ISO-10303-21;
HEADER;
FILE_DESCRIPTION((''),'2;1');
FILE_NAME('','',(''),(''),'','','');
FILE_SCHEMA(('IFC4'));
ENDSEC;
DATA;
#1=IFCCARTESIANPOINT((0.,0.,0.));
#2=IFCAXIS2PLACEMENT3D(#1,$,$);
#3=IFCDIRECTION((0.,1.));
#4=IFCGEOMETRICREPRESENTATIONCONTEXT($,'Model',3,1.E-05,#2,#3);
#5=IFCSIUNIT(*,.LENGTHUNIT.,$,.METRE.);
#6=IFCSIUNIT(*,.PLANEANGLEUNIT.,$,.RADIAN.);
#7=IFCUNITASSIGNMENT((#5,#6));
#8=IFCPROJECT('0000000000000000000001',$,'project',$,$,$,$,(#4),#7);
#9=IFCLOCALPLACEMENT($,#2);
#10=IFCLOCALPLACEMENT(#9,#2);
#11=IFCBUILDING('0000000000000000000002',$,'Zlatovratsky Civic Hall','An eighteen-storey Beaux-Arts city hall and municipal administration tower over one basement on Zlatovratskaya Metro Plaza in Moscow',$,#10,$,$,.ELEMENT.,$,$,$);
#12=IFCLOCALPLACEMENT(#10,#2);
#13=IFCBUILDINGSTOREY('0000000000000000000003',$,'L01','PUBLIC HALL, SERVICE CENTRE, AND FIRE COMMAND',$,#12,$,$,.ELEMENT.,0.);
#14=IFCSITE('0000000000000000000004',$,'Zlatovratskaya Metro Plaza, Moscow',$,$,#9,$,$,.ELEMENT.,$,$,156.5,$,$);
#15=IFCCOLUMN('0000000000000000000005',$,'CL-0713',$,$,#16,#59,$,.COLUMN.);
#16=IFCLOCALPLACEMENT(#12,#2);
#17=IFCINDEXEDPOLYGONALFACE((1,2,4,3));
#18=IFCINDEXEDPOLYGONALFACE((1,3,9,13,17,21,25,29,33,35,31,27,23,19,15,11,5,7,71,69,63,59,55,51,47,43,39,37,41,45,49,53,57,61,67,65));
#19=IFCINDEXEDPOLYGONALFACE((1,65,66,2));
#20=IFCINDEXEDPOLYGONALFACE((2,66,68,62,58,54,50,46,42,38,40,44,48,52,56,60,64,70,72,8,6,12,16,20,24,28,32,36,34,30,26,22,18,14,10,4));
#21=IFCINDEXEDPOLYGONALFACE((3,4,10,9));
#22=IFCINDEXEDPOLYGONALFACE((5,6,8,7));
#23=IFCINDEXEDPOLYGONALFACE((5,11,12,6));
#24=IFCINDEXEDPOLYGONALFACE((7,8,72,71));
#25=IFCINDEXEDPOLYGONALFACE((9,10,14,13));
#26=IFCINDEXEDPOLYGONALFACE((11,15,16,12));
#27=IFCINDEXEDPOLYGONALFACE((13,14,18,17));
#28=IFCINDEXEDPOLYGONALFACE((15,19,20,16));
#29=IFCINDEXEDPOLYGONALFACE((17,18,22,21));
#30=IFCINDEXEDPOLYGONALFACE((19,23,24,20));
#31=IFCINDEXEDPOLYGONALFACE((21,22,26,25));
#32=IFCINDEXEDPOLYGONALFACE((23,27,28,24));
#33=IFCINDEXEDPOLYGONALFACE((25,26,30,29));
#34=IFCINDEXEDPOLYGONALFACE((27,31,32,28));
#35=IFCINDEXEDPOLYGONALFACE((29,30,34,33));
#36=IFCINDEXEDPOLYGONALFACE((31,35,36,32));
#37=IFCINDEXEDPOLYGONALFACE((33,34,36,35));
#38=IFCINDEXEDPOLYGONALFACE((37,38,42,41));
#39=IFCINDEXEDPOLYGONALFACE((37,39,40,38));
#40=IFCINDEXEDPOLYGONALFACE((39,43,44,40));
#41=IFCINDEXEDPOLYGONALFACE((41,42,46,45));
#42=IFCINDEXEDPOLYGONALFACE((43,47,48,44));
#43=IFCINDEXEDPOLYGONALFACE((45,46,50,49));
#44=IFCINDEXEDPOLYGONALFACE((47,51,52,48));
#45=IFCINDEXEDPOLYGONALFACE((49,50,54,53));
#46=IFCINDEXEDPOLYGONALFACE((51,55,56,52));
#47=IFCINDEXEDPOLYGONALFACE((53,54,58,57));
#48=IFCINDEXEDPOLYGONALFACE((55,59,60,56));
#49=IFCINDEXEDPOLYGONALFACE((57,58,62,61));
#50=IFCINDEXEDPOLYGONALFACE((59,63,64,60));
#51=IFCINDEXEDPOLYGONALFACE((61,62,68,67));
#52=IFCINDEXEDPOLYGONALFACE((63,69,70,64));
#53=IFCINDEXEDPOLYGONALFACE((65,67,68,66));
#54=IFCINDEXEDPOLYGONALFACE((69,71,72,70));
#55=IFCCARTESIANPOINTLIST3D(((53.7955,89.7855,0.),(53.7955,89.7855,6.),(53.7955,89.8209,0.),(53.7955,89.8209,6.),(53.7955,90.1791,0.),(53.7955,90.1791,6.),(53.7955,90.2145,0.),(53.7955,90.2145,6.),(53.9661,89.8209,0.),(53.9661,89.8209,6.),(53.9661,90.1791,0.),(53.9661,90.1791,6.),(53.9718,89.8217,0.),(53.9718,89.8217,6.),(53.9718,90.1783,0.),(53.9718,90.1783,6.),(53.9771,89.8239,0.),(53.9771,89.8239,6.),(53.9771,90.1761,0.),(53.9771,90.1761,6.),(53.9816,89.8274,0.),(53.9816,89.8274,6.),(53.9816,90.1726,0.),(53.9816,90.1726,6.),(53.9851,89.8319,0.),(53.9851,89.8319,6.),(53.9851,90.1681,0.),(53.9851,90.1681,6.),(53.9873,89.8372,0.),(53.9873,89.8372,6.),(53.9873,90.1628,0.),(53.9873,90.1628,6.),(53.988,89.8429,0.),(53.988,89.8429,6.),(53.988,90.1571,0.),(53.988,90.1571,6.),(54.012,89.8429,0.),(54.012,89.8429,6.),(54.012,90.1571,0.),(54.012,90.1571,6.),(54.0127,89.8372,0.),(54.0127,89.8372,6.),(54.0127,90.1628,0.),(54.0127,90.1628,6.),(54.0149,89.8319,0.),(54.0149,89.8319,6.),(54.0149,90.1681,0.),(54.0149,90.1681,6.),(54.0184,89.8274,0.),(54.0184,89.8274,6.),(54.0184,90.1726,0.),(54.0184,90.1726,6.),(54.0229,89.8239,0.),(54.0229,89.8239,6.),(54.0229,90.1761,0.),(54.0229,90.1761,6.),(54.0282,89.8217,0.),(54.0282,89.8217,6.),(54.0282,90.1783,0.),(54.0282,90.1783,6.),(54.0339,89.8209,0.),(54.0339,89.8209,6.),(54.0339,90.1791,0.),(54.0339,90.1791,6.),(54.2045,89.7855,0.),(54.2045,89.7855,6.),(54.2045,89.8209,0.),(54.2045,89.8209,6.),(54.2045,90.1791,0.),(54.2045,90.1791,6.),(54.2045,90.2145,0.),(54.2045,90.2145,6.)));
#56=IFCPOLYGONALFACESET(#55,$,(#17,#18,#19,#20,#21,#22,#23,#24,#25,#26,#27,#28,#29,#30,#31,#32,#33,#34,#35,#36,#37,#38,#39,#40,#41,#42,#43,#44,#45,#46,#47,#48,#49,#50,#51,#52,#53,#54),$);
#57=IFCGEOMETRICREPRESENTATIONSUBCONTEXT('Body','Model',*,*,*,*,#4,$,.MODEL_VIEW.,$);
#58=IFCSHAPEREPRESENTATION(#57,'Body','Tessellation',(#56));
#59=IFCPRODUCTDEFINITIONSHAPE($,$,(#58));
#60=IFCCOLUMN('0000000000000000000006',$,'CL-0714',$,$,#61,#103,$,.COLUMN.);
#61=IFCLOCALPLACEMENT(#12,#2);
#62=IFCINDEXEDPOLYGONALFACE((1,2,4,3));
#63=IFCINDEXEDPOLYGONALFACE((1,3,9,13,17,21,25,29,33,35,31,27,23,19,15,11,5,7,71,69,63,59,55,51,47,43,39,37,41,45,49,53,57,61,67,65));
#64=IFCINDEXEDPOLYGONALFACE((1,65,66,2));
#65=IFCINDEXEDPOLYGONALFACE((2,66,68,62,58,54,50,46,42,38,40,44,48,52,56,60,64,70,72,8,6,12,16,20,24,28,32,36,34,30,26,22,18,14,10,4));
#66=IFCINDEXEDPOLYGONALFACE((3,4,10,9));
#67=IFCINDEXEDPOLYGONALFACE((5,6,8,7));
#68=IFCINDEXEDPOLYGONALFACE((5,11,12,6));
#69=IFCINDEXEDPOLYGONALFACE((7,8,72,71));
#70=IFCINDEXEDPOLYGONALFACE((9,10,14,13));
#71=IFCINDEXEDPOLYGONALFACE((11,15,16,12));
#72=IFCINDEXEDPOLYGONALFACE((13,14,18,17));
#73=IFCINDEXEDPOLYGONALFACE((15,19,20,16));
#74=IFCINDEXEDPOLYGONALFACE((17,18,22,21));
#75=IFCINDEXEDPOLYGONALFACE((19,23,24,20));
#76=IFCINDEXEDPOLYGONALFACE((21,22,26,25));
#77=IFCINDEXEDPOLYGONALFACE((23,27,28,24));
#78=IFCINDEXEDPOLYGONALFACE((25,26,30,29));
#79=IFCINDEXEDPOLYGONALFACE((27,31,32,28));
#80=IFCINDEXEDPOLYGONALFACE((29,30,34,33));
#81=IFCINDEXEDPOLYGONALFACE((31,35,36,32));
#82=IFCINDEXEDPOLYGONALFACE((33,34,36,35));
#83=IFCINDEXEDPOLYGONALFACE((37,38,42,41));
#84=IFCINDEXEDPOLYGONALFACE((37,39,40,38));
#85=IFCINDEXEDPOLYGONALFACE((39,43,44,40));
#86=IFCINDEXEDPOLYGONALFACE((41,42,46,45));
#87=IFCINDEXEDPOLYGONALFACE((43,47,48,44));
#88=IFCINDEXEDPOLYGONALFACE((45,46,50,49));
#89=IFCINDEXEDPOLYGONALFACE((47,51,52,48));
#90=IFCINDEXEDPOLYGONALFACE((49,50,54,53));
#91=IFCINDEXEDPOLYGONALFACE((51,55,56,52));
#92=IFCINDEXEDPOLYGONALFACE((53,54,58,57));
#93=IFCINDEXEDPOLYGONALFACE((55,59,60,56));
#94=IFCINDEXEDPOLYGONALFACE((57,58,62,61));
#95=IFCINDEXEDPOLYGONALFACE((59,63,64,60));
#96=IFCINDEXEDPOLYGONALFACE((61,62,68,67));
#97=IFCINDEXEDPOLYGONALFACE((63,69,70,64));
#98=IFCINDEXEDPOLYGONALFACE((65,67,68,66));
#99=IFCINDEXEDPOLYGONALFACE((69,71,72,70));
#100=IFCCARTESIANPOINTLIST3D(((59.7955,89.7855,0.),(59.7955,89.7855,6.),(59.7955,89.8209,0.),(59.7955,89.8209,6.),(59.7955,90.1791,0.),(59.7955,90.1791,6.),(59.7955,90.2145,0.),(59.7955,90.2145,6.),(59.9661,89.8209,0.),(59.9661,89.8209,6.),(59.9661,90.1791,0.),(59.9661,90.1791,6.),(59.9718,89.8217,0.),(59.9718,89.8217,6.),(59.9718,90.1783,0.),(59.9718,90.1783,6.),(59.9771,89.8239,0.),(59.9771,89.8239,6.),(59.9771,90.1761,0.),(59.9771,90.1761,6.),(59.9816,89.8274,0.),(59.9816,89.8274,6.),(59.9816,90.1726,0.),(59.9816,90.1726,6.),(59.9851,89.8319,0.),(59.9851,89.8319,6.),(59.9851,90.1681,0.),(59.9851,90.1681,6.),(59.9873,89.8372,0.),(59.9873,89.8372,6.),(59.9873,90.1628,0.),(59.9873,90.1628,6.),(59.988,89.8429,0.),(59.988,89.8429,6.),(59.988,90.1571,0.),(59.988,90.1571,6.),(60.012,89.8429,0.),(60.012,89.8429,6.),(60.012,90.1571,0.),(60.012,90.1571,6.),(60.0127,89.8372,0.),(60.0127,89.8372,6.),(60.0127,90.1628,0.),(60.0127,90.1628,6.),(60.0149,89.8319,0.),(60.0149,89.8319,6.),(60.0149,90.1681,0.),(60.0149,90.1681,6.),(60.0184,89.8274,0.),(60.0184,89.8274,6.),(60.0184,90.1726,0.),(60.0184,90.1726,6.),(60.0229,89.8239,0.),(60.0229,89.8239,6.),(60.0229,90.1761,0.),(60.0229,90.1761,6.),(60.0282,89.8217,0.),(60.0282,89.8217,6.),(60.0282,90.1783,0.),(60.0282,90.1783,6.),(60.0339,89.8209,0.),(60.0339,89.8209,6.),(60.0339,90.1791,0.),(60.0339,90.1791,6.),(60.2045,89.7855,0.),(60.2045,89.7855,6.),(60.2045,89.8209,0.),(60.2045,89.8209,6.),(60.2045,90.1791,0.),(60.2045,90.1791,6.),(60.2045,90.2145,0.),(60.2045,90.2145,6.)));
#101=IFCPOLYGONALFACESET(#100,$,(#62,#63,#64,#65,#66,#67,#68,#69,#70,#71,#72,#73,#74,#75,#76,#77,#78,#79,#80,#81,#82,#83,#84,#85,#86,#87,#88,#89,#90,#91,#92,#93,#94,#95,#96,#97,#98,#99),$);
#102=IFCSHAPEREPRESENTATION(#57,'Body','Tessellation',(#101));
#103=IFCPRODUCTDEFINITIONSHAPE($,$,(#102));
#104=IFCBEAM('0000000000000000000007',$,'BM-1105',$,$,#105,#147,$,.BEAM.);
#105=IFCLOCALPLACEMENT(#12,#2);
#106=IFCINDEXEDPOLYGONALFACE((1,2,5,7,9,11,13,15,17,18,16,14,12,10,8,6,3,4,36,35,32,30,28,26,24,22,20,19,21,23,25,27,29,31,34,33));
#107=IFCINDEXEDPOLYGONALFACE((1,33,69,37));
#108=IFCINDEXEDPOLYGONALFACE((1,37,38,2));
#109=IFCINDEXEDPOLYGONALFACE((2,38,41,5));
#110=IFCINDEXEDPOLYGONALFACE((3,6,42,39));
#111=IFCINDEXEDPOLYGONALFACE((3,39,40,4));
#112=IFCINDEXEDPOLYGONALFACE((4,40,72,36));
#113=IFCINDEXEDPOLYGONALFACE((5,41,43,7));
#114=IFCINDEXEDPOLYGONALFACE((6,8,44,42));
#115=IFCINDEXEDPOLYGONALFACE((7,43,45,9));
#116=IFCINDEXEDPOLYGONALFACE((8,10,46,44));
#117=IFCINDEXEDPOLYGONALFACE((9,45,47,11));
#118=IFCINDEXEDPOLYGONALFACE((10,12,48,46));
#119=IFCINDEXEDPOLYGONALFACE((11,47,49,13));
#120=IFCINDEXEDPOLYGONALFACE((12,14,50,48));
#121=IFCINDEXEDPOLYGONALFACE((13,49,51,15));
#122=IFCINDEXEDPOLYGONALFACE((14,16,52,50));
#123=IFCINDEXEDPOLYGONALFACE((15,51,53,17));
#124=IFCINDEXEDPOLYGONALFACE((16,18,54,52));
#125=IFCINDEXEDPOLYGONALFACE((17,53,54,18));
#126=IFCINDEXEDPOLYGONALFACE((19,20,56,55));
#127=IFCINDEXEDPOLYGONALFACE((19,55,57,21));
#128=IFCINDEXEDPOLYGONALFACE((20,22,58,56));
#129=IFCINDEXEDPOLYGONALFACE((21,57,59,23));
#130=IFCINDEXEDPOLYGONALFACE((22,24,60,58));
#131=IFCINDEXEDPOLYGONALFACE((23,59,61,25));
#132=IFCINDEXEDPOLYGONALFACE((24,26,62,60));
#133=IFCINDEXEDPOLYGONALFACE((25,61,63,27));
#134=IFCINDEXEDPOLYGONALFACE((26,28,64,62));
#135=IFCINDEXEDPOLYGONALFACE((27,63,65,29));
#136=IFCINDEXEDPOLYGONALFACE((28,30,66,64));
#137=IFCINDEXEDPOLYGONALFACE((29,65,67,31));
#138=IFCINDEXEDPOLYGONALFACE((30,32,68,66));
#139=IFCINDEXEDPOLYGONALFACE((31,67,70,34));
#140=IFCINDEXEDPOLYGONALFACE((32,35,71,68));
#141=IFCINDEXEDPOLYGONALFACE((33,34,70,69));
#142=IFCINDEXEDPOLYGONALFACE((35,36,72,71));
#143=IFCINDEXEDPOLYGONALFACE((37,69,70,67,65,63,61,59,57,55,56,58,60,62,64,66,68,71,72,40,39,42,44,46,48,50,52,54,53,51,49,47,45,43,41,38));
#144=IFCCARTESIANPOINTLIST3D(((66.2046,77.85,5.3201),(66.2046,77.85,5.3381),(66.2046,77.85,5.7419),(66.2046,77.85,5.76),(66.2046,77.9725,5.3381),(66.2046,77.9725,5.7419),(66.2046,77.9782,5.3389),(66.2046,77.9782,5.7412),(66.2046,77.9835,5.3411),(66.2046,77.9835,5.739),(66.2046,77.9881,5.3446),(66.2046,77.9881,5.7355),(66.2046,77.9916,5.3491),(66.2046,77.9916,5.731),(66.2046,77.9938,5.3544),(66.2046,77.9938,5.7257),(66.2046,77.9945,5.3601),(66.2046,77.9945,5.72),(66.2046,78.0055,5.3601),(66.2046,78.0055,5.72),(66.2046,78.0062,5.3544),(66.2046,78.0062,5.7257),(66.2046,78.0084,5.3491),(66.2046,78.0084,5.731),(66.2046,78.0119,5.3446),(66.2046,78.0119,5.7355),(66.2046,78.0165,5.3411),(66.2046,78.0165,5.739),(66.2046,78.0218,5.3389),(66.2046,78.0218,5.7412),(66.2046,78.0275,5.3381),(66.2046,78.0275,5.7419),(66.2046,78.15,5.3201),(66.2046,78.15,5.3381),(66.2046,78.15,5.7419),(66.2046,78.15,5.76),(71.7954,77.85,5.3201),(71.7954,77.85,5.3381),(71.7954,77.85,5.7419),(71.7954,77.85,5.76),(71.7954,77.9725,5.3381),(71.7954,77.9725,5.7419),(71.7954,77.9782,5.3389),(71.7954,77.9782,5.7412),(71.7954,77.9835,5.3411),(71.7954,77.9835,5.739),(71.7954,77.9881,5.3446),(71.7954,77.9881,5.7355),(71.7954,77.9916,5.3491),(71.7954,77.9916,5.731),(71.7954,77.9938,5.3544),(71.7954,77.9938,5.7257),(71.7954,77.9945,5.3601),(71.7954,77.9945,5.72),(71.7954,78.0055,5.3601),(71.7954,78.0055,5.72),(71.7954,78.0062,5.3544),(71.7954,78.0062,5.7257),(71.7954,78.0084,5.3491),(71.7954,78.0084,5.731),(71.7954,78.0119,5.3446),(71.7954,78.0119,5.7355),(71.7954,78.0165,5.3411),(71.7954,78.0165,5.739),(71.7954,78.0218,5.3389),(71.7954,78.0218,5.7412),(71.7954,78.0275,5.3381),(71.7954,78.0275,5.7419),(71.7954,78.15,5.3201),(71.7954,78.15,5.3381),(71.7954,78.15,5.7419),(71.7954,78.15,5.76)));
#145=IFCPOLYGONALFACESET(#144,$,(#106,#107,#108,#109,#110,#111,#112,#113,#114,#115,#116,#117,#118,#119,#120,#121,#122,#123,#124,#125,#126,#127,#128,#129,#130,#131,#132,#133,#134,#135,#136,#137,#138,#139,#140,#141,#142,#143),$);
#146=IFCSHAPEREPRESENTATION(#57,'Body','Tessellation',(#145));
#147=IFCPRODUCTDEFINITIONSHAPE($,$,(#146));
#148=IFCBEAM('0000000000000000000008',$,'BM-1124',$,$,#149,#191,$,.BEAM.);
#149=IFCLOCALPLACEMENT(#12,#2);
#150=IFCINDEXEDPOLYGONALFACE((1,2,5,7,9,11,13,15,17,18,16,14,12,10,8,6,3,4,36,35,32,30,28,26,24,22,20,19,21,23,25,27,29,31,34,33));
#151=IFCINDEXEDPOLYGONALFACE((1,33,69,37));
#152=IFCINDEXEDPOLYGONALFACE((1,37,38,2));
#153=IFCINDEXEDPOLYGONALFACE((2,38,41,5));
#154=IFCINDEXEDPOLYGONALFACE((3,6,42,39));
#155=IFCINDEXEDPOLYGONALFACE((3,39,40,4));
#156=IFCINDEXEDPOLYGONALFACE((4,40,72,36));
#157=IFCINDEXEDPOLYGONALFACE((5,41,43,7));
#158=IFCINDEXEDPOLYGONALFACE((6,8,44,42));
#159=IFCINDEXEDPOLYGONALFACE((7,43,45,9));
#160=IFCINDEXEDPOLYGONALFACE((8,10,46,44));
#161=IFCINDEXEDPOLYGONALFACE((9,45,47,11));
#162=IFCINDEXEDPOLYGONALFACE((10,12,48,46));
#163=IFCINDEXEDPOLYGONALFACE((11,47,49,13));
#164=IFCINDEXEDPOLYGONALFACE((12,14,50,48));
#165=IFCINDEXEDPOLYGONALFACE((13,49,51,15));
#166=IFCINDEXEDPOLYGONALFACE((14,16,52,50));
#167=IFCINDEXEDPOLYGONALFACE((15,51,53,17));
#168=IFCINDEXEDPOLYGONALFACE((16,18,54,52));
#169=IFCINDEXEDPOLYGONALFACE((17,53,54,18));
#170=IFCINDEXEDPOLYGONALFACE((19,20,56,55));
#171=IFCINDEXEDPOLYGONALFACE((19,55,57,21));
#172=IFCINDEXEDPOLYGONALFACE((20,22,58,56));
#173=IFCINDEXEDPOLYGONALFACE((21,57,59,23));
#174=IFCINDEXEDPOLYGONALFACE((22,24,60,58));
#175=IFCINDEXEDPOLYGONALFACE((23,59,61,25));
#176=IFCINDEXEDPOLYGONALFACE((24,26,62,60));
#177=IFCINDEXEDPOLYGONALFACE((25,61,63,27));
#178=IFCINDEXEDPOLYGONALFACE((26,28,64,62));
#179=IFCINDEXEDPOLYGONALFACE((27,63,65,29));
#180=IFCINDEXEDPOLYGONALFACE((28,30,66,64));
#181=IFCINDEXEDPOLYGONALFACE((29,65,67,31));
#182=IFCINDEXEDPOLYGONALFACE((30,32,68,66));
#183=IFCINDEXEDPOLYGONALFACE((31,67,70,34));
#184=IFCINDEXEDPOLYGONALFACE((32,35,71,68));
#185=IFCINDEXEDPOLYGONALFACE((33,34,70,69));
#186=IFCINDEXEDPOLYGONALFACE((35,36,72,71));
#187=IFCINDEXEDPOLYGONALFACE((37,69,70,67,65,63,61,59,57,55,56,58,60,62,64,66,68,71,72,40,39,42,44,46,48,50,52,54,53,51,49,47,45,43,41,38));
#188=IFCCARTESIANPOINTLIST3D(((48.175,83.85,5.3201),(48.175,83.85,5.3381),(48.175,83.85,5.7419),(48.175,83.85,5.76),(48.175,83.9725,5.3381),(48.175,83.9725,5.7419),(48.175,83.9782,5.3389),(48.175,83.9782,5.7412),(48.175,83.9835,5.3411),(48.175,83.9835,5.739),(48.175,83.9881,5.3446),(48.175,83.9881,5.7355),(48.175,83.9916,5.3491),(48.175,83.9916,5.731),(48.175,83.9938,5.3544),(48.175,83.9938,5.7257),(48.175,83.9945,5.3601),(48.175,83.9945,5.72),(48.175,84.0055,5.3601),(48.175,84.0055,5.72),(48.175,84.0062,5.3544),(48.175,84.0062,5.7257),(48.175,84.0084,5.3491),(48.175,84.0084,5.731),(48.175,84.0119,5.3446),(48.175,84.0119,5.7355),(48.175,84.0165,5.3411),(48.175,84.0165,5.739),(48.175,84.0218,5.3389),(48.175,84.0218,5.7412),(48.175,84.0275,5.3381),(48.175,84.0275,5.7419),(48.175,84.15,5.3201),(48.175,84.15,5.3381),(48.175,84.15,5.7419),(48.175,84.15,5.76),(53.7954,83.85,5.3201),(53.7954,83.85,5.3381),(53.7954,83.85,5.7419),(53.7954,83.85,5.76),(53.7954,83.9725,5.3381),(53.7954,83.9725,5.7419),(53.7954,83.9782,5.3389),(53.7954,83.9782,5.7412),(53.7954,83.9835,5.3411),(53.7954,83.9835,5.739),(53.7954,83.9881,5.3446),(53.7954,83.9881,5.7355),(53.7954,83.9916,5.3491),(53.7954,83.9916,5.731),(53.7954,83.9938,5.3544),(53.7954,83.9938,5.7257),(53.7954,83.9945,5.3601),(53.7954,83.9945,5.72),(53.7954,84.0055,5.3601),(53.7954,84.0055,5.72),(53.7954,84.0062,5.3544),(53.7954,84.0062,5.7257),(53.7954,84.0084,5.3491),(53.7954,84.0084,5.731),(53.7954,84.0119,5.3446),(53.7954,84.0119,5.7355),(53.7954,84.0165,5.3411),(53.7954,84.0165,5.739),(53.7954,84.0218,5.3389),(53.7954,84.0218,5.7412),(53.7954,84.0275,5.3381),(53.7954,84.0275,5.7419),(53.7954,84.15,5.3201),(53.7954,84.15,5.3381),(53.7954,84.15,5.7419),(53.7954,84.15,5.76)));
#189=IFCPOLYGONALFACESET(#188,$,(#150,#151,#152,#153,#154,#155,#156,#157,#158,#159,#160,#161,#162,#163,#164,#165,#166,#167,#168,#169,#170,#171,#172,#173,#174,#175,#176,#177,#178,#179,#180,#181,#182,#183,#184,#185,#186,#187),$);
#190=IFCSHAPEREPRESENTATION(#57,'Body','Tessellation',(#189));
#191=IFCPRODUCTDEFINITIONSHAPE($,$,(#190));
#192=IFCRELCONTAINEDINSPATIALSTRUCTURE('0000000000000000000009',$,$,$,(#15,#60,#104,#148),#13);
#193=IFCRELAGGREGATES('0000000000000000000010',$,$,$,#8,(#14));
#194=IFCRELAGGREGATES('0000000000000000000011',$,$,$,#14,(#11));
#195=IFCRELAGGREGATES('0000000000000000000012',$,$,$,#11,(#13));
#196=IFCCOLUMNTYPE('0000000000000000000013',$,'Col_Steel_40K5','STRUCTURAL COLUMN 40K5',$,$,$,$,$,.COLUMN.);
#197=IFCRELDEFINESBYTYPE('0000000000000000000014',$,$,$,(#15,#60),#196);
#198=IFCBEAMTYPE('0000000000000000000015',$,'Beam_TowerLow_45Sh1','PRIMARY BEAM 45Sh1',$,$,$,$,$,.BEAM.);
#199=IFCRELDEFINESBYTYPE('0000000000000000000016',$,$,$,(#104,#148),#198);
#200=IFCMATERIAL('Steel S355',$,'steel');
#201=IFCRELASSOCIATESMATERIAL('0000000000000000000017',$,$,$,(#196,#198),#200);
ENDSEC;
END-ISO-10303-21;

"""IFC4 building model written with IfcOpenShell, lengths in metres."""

from ifc_helpers import new_model, si_unit, direction, frame, origin, origin_2d, place, context, subcontext, project, spatial, i_section, extrude, material, material_profile, profile_set, type_object, element, save


model = new_model("IFC4")

# Units and contexts
model_context = context("Model", 3, precision=1e-05, world=origin(), true_north=direction((0.0, 1.0)))
body_context = subcontext(model_context, "Body", "Model", "MODEL_VIEW")
ifc_project = project(units=[si_unit("LENGTHUNIT", "METRE"), si_unit("PLANEANGLEUNIT", "RADIAN")], contexts=[model_context])

# Site, building, storey
site_placement = place(None, origin())
site = spatial("IfcSite", under=ifc_project, at=site_placement, Name="Zlatovratskaya Metro Plaza, Moscow", CompositionType="ELEMENT", RefElevation=156.5)
building_placement = place(site_placement, origin())
building = spatial("IfcBuilding", under=site, at=building_placement, Name="Zlatovratsky Civic Hall", Description="An eighteen-storey Beaux-Arts city hall and municipal administration tower over one basement on Zlatovratskaya Metro Plaza in Moscow", CompositionType="ELEMENT")
storey_placement = place(building_placement, origin())
storey = spatial("IfcBuildingStorey", under=building, at=storey_placement, Name="L01", Description="PUBLIC HALL, SERVICE CENTRE, AND FIRE COMMAND", CompositionType="ELEMENT", Elevation=0.0)

# Columns
ifc_material_1 = material(Name="Steel S355", Category="steel")
ifc_material_profile_1 = material_profile(ifc_material_1, i_section(OverallWidth=0.4089, OverallDepth=0.429, WebThickness=0.0239, FlangeThickness=0.0354, FilletRadius=0.022, at=origin_2d()), Name="40K5")
ifc_profile_set_1 = profile_set([ifc_material_profile_1], Name="Steel S355")
column_type_1 = type_object("IfcColumnType", Name="Col_Steel_40K5", Description="STRUCTURAL COLUMN 40K5", PredefinedType="COLUMN", material=ifc_profile_set_1)
for number, where, z_axis, x_axis, name in (
    (1, (54.0, 90.0, 0.0), (0.0, 0.0, 1.0), (1.0, 0.0, 0.0), "CL-0713"),
    (2, (60.0, 90.0, 0.0), (0.0, 0.0, 1.0), (1.0, 0.0, 0.0), "CL-0714"),
):
    element("IfcColumn", number, at=place(storey_placement, frame(where, z_axis=z_axis, x_axis=x_axis)), inside=storey, type_object=column_type_1, Name=name, PredefinedType="COLUMN", context=body_context, shape_type="SweptSolid", body=[
        extrude(i_section(OverallWidth=0.4089, OverallDepth=0.429, WebThickness=0.0239, FlangeThickness=0.0354, FilletRadius=0.022, at=origin_2d()), origin(), (0.0, 0.0, 1.0), 6.0),
    ])

# Beams
ifc_material_profile_2 = material_profile(ifc_material_1, i_section(OverallWidth=0.3, OverallDepth=0.4399, WebThickness=0.011, FlangeThickness=0.0181, FilletRadius=0.022, at=origin_2d()), Name="45Sh1")
ifc_profile_set_2 = profile_set([ifc_material_profile_2], Name="Steel S355")
beam_type = type_object("IfcBeamType", Name="Beam_TowerLow_45Sh1", Description="PRIMARY BEAM 45Sh1", PredefinedType="BEAM", material=ifc_profile_set_2)
beam_1_placement = place(storey_placement, frame((66.2046, 78.0, 5.54), z_axis=(1.0, 0.0, 0.0), x_axis=(0.0, 1.0, 0.0)))
element("IfcBeam", 3, at=beam_1_placement, inside=storey, type_object=beam_type, Name="BM-1105", PredefinedType="BEAM", context=body_context, shape_type="SweptSolid", body=[
    extrude(i_section(OverallWidth=0.3, OverallDepth=0.4399, WebThickness=0.011, FlangeThickness=0.0181, FilletRadius=0.022, at=origin_2d()), origin(), (0.0, 0.0, 1.0), 5.5908),
])
beam_2_placement = place(storey_placement, frame((48.175, 84.0, 5.54), z_axis=(1.0, 0.0, 0.0), x_axis=(0.0, 1.0, 0.0)))
element("IfcBeam", 4, at=beam_2_placement, inside=storey, type_object=beam_type, Name="BM-1124", PredefinedType="BEAM", context=body_context, shape_type="SweptSolid", body=[
    extrude(i_section(OverallWidth=0.3, OverallDepth=0.4399, WebThickness=0.011, FlangeThickness=0.0181, FilletRadius=0.022, at=origin_2d()), origin(), (0.0, 0.0, 1.0), 5.6204),
])

save(model, "model.ifc")
